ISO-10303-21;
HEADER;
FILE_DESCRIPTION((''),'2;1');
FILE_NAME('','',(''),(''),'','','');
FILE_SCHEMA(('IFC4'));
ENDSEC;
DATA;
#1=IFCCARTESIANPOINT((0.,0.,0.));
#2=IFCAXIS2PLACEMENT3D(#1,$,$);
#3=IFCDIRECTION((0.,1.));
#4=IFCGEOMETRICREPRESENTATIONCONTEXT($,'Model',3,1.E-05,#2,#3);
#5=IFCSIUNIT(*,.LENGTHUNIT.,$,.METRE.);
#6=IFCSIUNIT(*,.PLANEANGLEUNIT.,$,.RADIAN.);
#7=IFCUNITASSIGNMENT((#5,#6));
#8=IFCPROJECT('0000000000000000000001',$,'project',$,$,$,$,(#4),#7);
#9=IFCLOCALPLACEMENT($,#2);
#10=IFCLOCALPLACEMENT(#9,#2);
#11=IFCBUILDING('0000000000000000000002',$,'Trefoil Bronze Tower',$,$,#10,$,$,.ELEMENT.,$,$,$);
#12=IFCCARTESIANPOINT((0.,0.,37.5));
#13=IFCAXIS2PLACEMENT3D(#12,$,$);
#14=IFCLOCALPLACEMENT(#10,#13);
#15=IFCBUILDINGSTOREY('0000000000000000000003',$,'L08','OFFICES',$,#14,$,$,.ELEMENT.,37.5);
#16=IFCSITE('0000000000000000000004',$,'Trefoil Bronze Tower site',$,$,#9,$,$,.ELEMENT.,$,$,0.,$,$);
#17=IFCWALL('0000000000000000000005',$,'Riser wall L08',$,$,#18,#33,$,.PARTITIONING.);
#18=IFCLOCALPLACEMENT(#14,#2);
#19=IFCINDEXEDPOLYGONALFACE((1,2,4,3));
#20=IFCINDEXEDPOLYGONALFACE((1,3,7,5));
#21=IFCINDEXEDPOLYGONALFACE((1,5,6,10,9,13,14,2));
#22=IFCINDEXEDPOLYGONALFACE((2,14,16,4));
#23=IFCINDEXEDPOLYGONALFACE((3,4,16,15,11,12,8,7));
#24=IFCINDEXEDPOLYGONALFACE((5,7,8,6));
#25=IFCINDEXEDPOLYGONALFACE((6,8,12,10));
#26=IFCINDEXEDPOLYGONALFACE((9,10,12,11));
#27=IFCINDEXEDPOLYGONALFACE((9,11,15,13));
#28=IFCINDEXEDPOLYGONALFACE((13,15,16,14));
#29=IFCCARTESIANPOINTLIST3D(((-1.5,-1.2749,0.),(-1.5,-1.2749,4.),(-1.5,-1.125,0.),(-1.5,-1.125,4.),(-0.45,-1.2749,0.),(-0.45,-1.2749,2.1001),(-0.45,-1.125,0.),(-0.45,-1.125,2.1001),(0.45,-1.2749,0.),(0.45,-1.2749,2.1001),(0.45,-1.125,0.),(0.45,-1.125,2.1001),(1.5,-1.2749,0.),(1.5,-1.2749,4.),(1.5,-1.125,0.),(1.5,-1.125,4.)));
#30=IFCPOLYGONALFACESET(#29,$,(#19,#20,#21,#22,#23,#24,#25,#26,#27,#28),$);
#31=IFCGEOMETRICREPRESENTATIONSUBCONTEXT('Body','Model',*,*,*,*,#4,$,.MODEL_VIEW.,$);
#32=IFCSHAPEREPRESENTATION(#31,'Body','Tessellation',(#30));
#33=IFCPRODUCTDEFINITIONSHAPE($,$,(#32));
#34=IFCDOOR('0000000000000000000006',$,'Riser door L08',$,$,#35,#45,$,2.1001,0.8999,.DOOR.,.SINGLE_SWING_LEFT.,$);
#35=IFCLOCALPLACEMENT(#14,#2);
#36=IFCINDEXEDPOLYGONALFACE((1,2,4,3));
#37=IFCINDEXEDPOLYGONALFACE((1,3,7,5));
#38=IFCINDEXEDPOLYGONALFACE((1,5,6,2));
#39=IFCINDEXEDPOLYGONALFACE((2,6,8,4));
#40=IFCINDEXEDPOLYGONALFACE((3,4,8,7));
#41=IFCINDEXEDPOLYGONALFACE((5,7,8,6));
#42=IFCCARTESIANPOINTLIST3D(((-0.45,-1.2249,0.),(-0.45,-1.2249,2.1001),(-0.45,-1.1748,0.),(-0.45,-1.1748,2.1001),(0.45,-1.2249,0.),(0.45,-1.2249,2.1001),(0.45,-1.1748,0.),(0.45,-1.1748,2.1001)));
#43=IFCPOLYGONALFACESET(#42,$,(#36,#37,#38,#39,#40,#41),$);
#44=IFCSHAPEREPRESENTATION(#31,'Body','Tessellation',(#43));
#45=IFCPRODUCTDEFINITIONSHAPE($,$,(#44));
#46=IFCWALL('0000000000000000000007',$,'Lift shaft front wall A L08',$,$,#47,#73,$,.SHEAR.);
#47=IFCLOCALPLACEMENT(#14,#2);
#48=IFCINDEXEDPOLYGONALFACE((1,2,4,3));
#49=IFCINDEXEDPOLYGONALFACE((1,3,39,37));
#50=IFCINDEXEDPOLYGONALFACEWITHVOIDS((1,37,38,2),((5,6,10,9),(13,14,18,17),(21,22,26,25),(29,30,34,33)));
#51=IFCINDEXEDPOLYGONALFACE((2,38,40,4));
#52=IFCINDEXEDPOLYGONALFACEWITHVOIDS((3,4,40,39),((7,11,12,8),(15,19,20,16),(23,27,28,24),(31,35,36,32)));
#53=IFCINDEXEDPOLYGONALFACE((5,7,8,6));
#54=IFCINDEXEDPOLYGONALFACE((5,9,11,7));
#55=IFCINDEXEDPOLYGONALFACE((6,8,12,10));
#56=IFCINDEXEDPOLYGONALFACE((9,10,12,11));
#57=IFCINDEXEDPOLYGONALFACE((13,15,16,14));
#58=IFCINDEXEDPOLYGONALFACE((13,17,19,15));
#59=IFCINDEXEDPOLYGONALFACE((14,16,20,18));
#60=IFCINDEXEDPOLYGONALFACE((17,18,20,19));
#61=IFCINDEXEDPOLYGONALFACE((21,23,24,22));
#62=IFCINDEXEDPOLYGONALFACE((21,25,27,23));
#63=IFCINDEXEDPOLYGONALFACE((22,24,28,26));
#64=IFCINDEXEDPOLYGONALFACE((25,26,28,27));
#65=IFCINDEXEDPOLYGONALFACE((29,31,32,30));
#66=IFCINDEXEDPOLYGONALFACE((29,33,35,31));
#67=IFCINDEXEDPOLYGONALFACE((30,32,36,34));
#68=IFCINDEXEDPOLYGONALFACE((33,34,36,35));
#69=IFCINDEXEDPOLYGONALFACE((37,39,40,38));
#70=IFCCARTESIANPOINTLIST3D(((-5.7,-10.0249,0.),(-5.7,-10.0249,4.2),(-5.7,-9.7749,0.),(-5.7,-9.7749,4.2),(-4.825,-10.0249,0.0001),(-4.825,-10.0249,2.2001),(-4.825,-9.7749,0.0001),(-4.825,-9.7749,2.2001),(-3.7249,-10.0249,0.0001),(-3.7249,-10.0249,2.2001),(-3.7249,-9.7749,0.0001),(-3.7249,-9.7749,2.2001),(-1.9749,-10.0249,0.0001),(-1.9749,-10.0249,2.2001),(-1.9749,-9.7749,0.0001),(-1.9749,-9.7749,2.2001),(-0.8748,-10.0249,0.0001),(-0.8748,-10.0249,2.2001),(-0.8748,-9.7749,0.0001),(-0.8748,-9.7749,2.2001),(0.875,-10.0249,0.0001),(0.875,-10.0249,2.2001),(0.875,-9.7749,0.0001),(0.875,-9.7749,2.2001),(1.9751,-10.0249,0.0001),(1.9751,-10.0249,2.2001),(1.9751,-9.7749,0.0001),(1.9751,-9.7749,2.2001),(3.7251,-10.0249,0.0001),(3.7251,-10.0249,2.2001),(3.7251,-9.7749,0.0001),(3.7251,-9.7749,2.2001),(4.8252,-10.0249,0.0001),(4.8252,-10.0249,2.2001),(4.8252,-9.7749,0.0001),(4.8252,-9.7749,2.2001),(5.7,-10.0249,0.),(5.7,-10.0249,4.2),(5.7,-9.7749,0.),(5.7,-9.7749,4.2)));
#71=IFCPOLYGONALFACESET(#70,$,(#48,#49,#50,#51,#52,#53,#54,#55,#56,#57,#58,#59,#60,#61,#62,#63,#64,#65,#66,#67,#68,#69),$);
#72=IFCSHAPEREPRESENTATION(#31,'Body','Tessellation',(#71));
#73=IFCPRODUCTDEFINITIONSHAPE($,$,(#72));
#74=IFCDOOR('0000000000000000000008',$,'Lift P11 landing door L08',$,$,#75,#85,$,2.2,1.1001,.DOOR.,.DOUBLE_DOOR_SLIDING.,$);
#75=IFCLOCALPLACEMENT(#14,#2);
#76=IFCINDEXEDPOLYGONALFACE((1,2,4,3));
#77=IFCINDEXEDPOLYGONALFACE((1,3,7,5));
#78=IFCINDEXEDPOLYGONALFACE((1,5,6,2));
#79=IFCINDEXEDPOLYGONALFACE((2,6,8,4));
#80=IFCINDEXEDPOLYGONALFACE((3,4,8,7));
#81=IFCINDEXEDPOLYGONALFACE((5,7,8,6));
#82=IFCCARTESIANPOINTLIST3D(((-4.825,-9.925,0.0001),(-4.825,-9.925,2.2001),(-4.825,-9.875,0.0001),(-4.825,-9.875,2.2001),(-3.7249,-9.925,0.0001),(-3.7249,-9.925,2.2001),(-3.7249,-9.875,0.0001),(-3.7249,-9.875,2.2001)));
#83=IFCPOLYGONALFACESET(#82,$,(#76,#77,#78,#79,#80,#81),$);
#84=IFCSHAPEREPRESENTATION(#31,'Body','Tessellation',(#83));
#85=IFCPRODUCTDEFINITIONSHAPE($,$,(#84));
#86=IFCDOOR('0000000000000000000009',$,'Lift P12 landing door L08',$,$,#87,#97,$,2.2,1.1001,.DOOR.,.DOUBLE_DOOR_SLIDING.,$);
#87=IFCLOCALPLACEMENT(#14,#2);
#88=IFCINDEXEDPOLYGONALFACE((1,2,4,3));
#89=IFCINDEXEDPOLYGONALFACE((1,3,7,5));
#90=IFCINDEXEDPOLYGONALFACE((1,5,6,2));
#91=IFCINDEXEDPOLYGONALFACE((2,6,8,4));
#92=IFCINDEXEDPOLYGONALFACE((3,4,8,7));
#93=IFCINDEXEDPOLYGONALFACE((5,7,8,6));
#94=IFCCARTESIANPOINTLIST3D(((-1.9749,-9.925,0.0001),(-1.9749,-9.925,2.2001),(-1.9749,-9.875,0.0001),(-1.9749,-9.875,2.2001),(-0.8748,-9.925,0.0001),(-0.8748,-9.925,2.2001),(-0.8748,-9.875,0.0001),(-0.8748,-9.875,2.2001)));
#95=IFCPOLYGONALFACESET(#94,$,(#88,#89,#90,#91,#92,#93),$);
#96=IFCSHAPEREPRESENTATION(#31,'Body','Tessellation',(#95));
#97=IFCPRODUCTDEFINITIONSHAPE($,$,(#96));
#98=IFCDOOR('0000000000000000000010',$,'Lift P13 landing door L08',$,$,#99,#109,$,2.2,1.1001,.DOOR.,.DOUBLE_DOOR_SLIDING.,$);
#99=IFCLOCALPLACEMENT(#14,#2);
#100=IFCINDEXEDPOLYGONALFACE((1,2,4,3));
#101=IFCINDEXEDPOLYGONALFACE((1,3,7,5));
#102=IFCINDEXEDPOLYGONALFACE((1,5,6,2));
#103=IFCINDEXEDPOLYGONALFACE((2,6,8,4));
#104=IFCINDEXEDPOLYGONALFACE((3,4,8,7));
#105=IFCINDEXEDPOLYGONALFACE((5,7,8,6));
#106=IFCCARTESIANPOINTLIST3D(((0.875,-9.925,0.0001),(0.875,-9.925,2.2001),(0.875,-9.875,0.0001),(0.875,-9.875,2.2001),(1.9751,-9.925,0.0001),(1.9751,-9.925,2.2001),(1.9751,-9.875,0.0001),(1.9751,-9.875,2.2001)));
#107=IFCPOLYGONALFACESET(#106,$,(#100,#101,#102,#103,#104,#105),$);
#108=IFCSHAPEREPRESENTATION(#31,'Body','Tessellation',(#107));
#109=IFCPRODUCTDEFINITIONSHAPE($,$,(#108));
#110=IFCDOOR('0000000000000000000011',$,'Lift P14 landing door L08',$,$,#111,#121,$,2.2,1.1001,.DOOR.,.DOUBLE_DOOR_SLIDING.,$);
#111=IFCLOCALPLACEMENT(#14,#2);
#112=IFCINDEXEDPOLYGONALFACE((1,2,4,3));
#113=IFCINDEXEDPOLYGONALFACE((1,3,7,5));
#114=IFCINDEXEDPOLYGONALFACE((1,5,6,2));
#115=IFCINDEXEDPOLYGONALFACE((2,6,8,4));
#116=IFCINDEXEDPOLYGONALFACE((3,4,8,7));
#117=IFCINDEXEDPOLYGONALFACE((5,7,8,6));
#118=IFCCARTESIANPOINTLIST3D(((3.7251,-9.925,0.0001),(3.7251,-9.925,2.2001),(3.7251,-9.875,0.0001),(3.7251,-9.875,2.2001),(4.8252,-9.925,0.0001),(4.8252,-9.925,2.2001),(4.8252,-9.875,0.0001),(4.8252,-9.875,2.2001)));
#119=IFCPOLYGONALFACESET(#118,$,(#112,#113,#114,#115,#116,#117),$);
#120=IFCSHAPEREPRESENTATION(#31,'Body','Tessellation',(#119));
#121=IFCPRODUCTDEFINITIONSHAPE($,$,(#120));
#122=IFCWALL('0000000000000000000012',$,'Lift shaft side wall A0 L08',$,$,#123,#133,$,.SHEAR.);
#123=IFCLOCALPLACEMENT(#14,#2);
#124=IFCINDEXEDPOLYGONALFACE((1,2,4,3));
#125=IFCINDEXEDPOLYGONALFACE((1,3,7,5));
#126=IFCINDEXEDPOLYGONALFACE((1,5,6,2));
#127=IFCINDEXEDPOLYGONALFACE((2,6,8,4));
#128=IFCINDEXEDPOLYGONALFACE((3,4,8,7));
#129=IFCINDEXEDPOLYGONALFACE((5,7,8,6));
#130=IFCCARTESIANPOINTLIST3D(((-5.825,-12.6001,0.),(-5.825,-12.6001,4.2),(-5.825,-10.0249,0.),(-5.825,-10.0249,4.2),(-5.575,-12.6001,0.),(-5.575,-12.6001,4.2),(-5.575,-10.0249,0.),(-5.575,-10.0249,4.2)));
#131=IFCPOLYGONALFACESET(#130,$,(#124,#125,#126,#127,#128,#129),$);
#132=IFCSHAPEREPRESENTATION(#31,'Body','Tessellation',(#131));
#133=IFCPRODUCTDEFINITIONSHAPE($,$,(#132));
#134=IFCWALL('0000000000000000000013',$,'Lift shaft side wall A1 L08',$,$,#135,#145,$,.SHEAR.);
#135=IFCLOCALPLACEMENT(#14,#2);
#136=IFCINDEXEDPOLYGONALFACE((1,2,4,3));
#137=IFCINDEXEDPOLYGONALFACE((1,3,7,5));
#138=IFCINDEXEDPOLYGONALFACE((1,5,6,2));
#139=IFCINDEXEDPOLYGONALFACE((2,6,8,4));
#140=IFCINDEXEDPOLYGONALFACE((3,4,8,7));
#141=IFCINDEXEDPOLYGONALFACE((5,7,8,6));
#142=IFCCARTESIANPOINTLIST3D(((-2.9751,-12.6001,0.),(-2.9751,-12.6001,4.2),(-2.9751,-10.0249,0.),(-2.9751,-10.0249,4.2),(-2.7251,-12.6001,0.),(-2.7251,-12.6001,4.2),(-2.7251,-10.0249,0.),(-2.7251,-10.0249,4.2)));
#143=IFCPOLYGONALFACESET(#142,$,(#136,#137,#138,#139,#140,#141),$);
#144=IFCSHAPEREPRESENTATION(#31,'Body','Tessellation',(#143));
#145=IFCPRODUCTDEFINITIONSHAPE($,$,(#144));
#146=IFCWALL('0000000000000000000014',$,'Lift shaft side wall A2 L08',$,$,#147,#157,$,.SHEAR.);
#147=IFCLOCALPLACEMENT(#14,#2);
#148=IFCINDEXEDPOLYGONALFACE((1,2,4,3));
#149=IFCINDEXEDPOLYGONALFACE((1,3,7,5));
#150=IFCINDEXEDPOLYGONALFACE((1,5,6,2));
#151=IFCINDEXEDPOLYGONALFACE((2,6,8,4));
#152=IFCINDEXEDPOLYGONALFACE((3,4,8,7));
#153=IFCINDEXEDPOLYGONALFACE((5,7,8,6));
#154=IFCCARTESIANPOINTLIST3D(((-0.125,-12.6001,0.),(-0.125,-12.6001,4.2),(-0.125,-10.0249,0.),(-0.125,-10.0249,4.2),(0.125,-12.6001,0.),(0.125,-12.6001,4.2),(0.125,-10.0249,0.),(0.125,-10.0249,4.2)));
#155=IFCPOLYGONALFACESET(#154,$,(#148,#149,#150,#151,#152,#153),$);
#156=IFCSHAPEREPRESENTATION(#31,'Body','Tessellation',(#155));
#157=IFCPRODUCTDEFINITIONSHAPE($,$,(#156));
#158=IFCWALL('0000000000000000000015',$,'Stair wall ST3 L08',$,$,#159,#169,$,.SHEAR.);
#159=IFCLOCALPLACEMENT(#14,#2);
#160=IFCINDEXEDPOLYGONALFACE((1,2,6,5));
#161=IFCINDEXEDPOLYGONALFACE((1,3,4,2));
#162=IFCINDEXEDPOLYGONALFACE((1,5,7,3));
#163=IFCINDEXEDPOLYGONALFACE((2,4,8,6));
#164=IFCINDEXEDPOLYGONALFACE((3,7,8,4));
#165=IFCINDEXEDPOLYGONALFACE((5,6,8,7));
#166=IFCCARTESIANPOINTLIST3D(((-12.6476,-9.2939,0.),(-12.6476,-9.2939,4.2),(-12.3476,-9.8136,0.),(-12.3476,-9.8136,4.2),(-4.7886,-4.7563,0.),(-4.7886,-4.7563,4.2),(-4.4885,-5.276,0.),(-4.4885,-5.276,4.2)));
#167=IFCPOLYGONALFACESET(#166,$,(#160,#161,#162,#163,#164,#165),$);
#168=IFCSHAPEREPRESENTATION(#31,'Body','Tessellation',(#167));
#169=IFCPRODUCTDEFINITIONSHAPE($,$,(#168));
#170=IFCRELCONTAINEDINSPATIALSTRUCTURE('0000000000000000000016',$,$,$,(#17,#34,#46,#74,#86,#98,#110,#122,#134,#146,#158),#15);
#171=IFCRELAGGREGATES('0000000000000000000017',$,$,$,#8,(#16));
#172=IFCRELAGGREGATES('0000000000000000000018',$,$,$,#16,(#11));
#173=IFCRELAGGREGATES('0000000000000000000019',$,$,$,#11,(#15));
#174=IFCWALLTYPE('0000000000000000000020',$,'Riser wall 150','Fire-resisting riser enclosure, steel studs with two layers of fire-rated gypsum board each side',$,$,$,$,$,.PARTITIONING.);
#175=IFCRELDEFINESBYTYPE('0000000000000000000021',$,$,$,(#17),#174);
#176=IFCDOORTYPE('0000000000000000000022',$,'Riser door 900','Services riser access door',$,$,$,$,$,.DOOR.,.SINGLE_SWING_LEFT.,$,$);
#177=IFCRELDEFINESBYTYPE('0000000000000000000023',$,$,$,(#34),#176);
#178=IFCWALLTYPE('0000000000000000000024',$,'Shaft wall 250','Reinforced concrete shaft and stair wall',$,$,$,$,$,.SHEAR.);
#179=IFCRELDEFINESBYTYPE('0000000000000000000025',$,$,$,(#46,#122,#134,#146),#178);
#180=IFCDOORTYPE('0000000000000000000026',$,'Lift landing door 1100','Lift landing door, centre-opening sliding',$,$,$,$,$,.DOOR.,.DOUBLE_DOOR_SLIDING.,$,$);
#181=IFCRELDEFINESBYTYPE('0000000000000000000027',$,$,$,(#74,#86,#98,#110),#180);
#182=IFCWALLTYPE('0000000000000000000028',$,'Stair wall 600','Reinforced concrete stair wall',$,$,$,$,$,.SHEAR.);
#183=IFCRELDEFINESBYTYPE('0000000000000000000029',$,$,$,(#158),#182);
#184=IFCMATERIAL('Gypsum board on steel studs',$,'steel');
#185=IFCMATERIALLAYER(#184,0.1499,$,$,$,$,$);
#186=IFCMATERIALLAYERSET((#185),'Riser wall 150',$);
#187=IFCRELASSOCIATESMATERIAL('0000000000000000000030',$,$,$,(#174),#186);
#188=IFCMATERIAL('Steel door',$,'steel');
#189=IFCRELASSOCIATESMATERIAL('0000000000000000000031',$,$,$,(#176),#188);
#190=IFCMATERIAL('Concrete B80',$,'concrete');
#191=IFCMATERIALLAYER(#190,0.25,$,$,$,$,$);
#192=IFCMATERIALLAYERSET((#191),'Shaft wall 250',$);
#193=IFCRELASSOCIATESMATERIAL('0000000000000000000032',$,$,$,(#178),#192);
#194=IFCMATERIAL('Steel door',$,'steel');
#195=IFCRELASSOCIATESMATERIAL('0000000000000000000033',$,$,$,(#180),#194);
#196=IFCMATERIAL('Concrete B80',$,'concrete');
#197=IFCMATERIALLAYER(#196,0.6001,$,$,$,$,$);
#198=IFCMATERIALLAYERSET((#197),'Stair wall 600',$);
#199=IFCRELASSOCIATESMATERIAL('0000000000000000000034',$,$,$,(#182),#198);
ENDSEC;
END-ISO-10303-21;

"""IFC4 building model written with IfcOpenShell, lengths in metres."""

from ifc_helpers import new_model, si_unit, direction, frame, frame_2d, origin, place, context, subcontext, project, spatial, rectangle, extrude, material, layer, layer_set, type_object, element, fill, save


model = new_model("IFC4")

# Units and contexts
model_context = context("Model", 3, precision=1e-05, world=origin(), true_north=direction((0.0, 1.0)))
body_context = subcontext(model_context, "Body", "Model", "MODEL_VIEW")
ifc_project = project(units=[si_unit("LENGTHUNIT", "METRE"), si_unit("PLANEANGLEUNIT", "RADIAN")], contexts=[model_context])

# Site, building, storey
site_placement = place(None, origin())
site = spatial("IfcSite", under=ifc_project, at=site_placement, Name="Trefoil Bronze Tower site", CompositionType="ELEMENT", RefElevation=0.0)
building_placement = place(site_placement, origin())
building = spatial("IfcBuilding", under=site, at=building_placement, Name="Trefoil Bronze Tower", CompositionType="ELEMENT")
storey_placement = place(building_placement, frame((0.0, 0.0, 37.5)))
storey = spatial("IfcBuildingStorey", under=building, at=storey_placement, Name="L08", Description="OFFICES", CompositionType="ELEMENT", Elevation=37.5)

# Wall, opening, door
ifc_material_1 = material(Name="Gypsum board on steel studs", Category="steel")
ifc_layer_1 = layer(ifc_material_1, 0.1499)
ifc_layer_set_1 = layer_set([ifc_layer_1], Name="Riser wall 150")
wall_type_1 = type_object("IfcWallType", Name="Riser wall 150", Description="Fire-resisting riser enclosure, steel studs with two layers of fire-rated gypsum board each side", PredefinedType="PARTITIONING", material=ifc_layer_set_1)
wall_1_placement = place(storey_placement, frame((-1.5, -1.2, 0.0), z_axis=(0.0, 0.0, 1.0), x_axis=(1.0, 0.0, 0.0)))
wall_1 = element("IfcWall", 1, at=wall_1_placement, inside=storey, type_object=wall_type_1, Name="Riser wall L08", PredefinedType="PARTITIONING", context=body_context, shape_type="SweptSolid", body=[
    extrude(rectangle(XDim=3.0, YDim=0.1499, at=frame_2d((1.5, 0.0))), origin(), (0.0, 0.0, 1.0), 4.0),
])
opening_1_placement = place(wall_1_placement, frame((1.05, 0.0, 0.0)))
opening_1 = element("IfcOpeningElement", 2, at=opening_1_placement, cuts=wall_1, PredefinedType="OPENING", context=body_context, shape_type="SweptSolid", body=[
    extrude(rectangle(XDim=0.8999, YDim=2.1001, at=frame_2d((0.45, 1.05))), frame((0.0, 0.085, 0.0), z_axis=(0.0, -1.0, 0.0), x_axis=(1.0, 0.0, 0.0)), (0.0, 0.0, 1.0), 0.1699),
])
ifc_material_2 = material(Name="Steel door", Category="steel")
door_type_1 = type_object("IfcDoorType", Name="Riser door 900", Description="Services riser access door", OperationType="SINGLE_SWING_LEFT", PredefinedType="DOOR", material=ifc_material_2)
door_1_placement = place(opening_1_placement, frame((0.8999, 0.0, 0.0), z_axis=(0.0, 0.0, 1.0), x_axis=(-1.0, 0.0, 0.0)))
door_1 = element("IfcDoor", 3, at=door_1_placement, inside=storey, type_object=door_type_1, Name="Riser door L08", OperationType="SINGLE_SWING_LEFT", OverallHeight=2.1001, OverallWidth=0.8999, PredefinedType="DOOR", context=body_context, shape_type="SweptSolid", body=[
    extrude(rectangle(XDim=0.8999, YDim=2.1001, at=frame_2d((0.45, 1.05))), frame((0.0, 0.0249, 0.0), z_axis=(0.0, -1.0, 0.0), x_axis=(1.0, 0.0, 0.0)), (0.0, 0.0, 1.0), 0.05),
])
fill(opening_1, door_1)

# Wall, openings, doors
ifc_material_3 = material(Name="Concrete B80", Category="concrete")
ifc_layer_2 = layer(ifc_material_3, 0.25)
ifc_layer_set_2 = layer_set([ifc_layer_2], Name="Shaft wall 250")
wall_type_2 = type_object("IfcWallType", Name="Shaft wall 250", Description="Reinforced concrete shaft and stair wall", PredefinedType="SHEAR", material=ifc_layer_set_2)
wall_2_placement = place(storey_placement, frame((-5.7, -9.8999, 0.0), z_axis=(0.0, 0.0, 1.0), x_axis=(1.0, 0.0, 0.0)))
wall_2 = element("IfcWall", 4, at=wall_2_placement, inside=storey, type_object=wall_type_2, Name="Lift shaft front wall A L08", PredefinedType="SHEAR", context=body_context, shape_type="SweptSolid", body=[
    extrude(rectangle(XDim=11.3999, YDim=0.25, at=frame_2d((5.7, 0.0))), origin(), (0.0, 0.0, 1.0), 4.2),
])
opening_2_placement = place(wall_2_placement, frame((0.875, 0.0, 0.0)))
opening_2 = element("IfcOpeningElement", 5, at=opening_2_placement, cuts=wall_2, PredefinedType="OPENING", context=body_context, shape_type="SweptSolid", body=[
    extrude(rectangle(XDim=1.1001, YDim=2.2, at=frame_2d((0.55, 1.1001))), frame((0.0, 0.135, 0.0), z_axis=(0.0, -1.0, 0.0), x_axis=(1.0, 0.0, 0.0)), (0.0, 0.0, 1.0), 0.27),
])
opening_3_placement = place(wall_2_placement, frame((3.7251, 0.0, 0.0)))
opening_3 = element("IfcOpeningElement", 6, at=opening_3_placement, cuts=wall_2, PredefinedType="OPENING", context=body_context, shape_type="SweptSolid", body=[
    extrude(rectangle(XDim=1.1001, YDim=2.2, at=frame_2d((0.55, 1.1001))), frame((0.0, 0.135, 0.0), z_axis=(0.0, -1.0, 0.0), x_axis=(1.0, 0.0, 0.0)), (0.0, 0.0, 1.0), 0.27),
])
opening_4_placement = place(wall_2_placement, frame((6.575, 0.0, 0.0)))
opening_4 = element("IfcOpeningElement", 7, at=opening_4_placement, cuts=wall_2, PredefinedType="OPENING", context=body_context, shape_type="SweptSolid", body=[
    extrude(rectangle(XDim=1.1001, YDim=2.2, at=frame_2d((0.55, 1.1001))), frame((0.0, 0.135, 0.0), z_axis=(0.0, -1.0, 0.0), x_axis=(1.0, 0.0, 0.0)), (0.0, 0.0, 1.0), 0.27),
])
opening_5_placement = place(wall_2_placement, frame((9.425, 0.0, 0.0)))
opening_5 = element("IfcOpeningElement", 8, at=opening_5_placement, cuts=wall_2, PredefinedType="OPENING", context=body_context, shape_type="SweptSolid", body=[
    extrude(rectangle(XDim=1.1001, YDim=2.2, at=frame_2d((0.55, 1.1001))), frame((0.0, 0.135, 0.0), z_axis=(0.0, -1.0, 0.0), x_axis=(1.0, 0.0, 0.0)), (0.0, 0.0, 1.0), 0.27),
])
ifc_material_4 = material(Name="Steel door", Category="steel")
door_type_2 = type_object("IfcDoorType", Name="Lift landing door 1100", Description="Lift landing door, centre-opening sliding", OperationType="DOUBLE_DOOR_SLIDING", PredefinedType="DOOR", material=ifc_material_4)
door_2_placement = place(opening_2_placement, origin())
door_2 = element("IfcDoor", 9, at=door_2_placement, inside=storey, type_object=door_type_2, Name="Lift P11 landing door L08", OperationType="DOUBLE_DOOR_SLIDING", OverallHeight=2.2, OverallWidth=1.1001, PredefinedType="DOOR", context=body_context, shape_type="SweptSolid", body=[
    extrude(rectangle(XDim=1.1001, YDim=2.2, at=frame_2d((0.55, 1.1001))), frame((0.0, 0.0249, 0.0), z_axis=(0.0, -1.0, 0.0), x_axis=(1.0, 0.0, 0.0)), (0.0, 0.0, 1.0), 0.05),
])
fill(opening_2, door_2)
door_3_placement = place(opening_3_placement, origin())
door_3 = element("IfcDoor", 10, at=door_3_placement, inside=storey, type_object=door_type_2, Name="Lift P12 landing door L08", OperationType="DOUBLE_DOOR_SLIDING", OverallHeight=2.2, OverallWidth=1.1001, PredefinedType="DOOR", context=body_context, shape_type="SweptSolid", body=[
    extrude(rectangle(XDim=1.1001, YDim=2.2, at=frame_2d((0.55, 1.1001))), frame((0.0, 0.0249, 0.0), z_axis=(0.0, -1.0, 0.0), x_axis=(1.0, 0.0, 0.0)), (0.0, 0.0, 1.0), 0.05),
])
fill(opening_3, door_3)
door_4_placement = place(opening_4_placement, origin())
door_4 = element("IfcDoor", 11, at=door_4_placement, inside=storey, type_object=door_type_2, Name="Lift P13 landing door L08", OperationType="DOUBLE_DOOR_SLIDING", OverallHeight=2.2, OverallWidth=1.1001, PredefinedType="DOOR", context=body_context, shape_type="SweptSolid", body=[
    extrude(rectangle(XDim=1.1001, YDim=2.2, at=frame_2d((0.55, 1.1001))), frame((0.0, 0.0249, 0.0), z_axis=(0.0, -1.0, 0.0), x_axis=(1.0, 0.0, 0.0)), (0.0, 0.0, 1.0), 0.05),
])
fill(opening_4, door_4)
door_5_placement = place(opening_5_placement, origin())
door_5 = element("IfcDoor", 12, at=door_5_placement, inside=storey, type_object=door_type_2, Name="Lift P14 landing door L08", OperationType="DOUBLE_DOOR_SLIDING", OverallHeight=2.2, OverallWidth=1.1001, PredefinedType="DOOR", context=body_context, shape_type="SweptSolid", body=[
    extrude(rectangle(XDim=1.1001, YDim=2.2, at=frame_2d((0.55, 1.1001))), frame((0.0, 0.0249, 0.0), z_axis=(0.0, -1.0, 0.0), x_axis=(1.0, 0.0, 0.0)), (0.0, 0.0, 1.0), 0.05),
])
fill(opening_5, door_5)

# Walls
for number, where, z_axis, x_axis, name in (
    (13, (-5.7, -10.0249, 0.0), (0.0, 0.0, 1.0), (0.0, -1.0, 0.0), "Lift shaft side wall A0 L08"),
    (14, (-2.8501, -10.0249, 0.0), (0.0, 0.0, 1.0), (0.0, -1.0, 0.0), "Lift shaft side wall A1 L08"),
    (15, (0.0, -10.0249, 0.0), (0.0, 0.0, 1.0), (0.0, -1.0, 0.0), "Lift shaft side wall A2 L08"),
):
    element("IfcWall", number, at=place(storey_placement, frame(where, z_axis=z_axis, x_axis=x_axis)), inside=storey, type_object=wall_type_2, Name=name, PredefinedType="SHEAR", context=body_context, shape_type="SweptSolid", body=[
        extrude(rectangle(XDim=2.5752, YDim=0.25, at=frame_2d((1.2876, 0.0))), origin(), (0.0, 0.0, 1.0), 4.2),
    ])
ifc_material_5 = material(Name="Concrete B80", Category="concrete")
ifc_layer_3 = layer(ifc_material_5, 0.6001)
ifc_layer_set_3 = layer_set([ifc_layer_3], Name="Stair wall 600")
wall_type_3 = type_object("IfcWallType", Name="Stair wall 600", Description="Reinforced concrete stair wall", PredefinedType="SHEAR", material=ifc_layer_set_3)
wall_3_placement = place(storey_placement, frame((-4.6384, -5.0161, 0.0), z_axis=(0.0, 0.0, 1.0), x_axis=(-0.866019, -0.50001, 0.0)))
element("IfcWall", 16, at=wall_3_placement, inside=storey, type_object=wall_type_3, Name="Stair wall ST3 L08", PredefinedType="SHEAR", context=body_context, shape_type="SweptSolid", body=[
    extrude(rectangle(XDim=9.075, YDim=0.6001, at=frame_2d((4.5376, 0.0))), origin(), (0.0, 0.0, 1.0), 4.2),
])

save(model, "model.ifc")
